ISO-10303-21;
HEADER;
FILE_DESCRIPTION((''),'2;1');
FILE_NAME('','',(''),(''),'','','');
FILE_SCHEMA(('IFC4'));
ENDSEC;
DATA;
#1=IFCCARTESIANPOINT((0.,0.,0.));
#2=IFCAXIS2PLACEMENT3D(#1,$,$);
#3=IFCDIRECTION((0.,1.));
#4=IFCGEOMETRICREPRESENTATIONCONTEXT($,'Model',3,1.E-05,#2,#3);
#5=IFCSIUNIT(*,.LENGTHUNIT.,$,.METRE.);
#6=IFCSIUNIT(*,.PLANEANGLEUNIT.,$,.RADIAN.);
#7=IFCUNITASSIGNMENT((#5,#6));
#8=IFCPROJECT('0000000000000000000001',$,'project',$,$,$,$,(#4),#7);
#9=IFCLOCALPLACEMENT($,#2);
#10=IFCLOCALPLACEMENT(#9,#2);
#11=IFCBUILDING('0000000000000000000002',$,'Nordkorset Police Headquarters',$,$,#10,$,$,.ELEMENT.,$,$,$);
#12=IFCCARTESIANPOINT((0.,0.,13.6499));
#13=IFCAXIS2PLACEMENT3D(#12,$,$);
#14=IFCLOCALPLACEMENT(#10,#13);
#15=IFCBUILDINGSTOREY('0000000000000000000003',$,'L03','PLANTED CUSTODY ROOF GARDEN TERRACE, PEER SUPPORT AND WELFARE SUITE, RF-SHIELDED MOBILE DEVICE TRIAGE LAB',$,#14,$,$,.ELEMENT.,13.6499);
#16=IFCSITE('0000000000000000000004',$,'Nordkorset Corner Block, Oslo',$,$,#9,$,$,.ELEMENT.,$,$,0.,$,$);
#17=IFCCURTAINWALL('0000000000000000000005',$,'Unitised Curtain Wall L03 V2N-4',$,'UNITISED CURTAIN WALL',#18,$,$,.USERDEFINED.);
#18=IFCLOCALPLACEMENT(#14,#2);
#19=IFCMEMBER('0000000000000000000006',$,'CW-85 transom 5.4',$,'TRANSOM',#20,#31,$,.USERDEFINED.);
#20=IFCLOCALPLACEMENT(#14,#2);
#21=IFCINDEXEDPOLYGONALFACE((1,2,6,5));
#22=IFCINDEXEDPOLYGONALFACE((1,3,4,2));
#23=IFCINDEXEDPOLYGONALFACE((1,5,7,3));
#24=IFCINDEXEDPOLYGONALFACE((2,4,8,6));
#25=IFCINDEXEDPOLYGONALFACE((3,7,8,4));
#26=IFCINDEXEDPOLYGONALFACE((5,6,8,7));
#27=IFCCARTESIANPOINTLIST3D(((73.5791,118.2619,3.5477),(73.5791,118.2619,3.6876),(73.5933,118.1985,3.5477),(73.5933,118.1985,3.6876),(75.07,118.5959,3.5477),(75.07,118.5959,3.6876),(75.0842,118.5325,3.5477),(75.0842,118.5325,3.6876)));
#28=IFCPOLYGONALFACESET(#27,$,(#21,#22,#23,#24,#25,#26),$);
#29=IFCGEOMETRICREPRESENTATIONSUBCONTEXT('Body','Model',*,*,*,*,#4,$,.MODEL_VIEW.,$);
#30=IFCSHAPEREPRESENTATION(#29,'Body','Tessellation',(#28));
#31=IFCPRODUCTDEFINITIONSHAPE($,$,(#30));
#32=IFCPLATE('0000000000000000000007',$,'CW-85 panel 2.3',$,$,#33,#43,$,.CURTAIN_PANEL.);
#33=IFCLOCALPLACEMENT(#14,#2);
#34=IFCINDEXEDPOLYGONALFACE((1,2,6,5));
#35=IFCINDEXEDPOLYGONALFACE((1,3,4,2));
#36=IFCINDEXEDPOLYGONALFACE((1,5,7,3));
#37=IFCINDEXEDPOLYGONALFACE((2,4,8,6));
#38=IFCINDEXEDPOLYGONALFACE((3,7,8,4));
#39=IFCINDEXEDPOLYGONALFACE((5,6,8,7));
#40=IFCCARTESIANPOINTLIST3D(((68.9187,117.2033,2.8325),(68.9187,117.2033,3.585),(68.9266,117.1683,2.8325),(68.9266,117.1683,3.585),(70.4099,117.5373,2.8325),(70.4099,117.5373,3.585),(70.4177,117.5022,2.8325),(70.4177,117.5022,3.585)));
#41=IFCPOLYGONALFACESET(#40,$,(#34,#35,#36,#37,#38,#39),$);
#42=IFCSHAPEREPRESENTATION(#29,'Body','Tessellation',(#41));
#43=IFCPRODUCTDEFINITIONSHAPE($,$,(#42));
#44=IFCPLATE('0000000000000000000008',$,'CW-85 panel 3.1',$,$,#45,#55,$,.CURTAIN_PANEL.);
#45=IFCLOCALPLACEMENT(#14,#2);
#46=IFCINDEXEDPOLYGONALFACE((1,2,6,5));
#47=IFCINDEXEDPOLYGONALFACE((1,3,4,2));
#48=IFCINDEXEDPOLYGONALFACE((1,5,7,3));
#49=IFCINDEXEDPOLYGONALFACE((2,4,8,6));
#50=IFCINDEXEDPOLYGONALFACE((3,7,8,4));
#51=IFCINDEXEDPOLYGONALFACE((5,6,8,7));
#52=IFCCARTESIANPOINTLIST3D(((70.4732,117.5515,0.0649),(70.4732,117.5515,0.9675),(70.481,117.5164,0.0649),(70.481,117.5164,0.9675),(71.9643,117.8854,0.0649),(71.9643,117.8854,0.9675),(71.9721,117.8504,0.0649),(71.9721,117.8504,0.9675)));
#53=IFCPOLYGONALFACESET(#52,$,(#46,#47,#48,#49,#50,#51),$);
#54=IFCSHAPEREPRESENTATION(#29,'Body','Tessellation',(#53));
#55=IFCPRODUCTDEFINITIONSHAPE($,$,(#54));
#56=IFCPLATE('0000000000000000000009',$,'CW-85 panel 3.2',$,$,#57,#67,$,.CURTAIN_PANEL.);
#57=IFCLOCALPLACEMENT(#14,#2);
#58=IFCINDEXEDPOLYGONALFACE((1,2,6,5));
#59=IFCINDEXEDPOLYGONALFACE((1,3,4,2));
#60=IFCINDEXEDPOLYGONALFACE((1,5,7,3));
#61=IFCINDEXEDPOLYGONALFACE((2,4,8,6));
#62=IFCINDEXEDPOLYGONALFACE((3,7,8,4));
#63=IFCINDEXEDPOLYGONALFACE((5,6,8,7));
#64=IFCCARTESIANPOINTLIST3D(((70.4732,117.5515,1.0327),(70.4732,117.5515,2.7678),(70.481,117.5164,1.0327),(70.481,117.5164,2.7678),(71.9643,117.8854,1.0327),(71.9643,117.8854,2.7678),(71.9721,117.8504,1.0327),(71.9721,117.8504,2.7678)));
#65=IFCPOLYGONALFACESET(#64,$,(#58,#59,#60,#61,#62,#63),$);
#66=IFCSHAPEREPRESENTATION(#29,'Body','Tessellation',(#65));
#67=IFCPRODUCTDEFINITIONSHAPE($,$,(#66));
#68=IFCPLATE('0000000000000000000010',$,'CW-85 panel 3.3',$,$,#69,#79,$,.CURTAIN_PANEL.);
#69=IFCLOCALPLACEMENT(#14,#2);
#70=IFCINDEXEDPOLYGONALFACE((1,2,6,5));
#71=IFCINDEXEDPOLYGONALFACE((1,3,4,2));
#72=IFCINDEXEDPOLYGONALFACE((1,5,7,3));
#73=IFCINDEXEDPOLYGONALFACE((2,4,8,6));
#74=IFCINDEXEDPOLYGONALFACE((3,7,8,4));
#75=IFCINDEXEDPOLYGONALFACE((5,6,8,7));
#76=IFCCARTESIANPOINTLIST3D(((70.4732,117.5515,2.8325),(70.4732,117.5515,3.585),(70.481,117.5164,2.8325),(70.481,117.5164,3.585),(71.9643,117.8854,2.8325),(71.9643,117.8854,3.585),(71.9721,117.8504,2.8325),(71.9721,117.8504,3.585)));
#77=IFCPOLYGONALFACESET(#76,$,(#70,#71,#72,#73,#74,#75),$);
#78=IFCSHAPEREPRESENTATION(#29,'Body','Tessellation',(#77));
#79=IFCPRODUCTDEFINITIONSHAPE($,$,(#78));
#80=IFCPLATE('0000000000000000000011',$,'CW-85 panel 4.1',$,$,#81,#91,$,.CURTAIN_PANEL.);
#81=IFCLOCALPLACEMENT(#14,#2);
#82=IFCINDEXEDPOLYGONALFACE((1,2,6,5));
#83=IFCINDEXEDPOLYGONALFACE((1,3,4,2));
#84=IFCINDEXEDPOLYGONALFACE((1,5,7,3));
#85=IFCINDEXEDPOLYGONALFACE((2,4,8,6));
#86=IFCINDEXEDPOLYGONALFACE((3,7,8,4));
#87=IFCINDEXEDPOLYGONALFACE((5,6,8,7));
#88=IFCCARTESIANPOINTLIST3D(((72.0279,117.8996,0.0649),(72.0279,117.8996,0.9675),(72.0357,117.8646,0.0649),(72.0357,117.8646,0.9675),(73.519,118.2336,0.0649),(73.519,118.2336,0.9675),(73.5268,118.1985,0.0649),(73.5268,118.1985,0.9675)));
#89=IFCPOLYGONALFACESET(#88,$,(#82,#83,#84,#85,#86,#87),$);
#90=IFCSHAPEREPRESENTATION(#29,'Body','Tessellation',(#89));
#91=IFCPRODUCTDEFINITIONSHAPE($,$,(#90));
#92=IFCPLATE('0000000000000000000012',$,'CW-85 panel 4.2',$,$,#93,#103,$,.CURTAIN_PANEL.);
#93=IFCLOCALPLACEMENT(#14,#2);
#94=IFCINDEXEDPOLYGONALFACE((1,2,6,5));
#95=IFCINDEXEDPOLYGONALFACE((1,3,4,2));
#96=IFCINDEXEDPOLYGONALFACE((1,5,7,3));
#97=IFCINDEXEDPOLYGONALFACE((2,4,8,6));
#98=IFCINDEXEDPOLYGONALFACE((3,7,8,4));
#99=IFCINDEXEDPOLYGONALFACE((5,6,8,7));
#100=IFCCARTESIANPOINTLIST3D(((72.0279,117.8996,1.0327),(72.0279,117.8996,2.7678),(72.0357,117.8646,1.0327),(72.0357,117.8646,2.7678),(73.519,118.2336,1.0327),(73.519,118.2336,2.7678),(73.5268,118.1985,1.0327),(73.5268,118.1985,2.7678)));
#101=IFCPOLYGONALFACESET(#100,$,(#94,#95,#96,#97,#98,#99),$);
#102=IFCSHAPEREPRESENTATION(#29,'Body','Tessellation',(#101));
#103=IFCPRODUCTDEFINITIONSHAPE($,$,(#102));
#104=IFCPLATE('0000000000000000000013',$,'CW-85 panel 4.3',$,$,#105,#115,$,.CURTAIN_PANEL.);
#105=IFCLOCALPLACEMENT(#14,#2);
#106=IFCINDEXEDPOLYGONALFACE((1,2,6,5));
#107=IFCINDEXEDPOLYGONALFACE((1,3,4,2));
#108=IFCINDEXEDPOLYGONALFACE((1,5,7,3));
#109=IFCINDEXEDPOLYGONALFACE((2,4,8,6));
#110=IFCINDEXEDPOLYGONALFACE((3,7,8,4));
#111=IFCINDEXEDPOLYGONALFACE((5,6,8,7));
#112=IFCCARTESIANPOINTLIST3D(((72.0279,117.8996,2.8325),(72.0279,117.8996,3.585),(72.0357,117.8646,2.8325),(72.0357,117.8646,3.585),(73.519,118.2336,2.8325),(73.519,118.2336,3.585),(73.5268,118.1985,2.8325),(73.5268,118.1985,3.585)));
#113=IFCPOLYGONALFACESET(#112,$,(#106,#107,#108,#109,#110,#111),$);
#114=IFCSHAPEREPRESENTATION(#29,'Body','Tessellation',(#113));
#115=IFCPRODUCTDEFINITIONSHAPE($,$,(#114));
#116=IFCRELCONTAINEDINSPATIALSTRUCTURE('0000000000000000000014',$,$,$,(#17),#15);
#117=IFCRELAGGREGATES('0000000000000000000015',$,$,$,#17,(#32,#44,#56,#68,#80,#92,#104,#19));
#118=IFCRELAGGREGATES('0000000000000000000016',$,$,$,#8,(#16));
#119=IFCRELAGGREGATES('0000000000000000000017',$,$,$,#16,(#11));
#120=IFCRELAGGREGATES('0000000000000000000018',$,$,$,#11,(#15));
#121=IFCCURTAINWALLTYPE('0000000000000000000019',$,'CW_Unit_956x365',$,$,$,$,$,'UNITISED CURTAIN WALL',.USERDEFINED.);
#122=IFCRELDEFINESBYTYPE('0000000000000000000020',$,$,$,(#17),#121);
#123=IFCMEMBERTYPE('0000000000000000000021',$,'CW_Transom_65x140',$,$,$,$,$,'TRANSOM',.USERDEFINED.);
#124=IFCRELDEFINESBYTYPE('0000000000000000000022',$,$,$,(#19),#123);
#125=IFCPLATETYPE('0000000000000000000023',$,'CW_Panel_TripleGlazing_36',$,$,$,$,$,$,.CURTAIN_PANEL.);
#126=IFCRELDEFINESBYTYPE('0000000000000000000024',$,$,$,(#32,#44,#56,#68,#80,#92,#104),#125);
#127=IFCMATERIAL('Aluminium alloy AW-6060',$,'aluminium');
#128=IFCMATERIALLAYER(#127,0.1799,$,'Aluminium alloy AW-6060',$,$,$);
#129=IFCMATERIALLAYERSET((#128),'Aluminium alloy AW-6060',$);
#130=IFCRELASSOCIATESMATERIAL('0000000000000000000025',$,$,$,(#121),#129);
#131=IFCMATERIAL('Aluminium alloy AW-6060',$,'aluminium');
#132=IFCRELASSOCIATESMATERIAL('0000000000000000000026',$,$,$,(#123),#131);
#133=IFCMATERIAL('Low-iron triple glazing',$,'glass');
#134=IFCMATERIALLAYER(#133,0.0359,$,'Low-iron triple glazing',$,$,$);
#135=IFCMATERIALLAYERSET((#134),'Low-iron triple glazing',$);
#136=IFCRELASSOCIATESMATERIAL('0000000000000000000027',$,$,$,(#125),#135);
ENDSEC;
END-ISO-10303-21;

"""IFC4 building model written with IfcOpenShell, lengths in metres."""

from ifc_helpers import new_model, si_unit, direction, frame, origin, origin_2d, place, context, subcontext, project, spatial, rectangle, extrude, material, layer, layer_set, material_profile, profile_set, type_object, element, aggregate, save


model = new_model("IFC4")

# Units and contexts
model_context = context("Model", 3, precision=1e-05, world=origin(), true_north=direction((0.0, 1.0)))
body_context = subcontext(model_context, "Body", "Model", "MODEL_VIEW")
ifc_project = project(units=[si_unit("LENGTHUNIT", "METRE"), si_unit("PLANEANGLEUNIT", "RADIAN")], contexts=[model_context])

# Site, building, storey
site_placement = place(None, origin())
site = spatial("IfcSite", under=ifc_project, at=site_placement, Name="Nordkorset Corner Block, Oslo", CompositionType="ELEMENT", RefElevation=0.0)
building_placement = place(site_placement, origin())
building = spatial("IfcBuilding", under=site, at=building_placement, Name="Nordkorset Police Headquarters", CompositionType="ELEMENT")
storey_placement = place(building_placement, frame((0.0, 0.0, 13.6499)))
storey = spatial("IfcBuildingStorey", under=building, at=storey_placement, Name="L03", Description="PLANTED CUSTODY ROOF GARDEN TERRACE, PEER SUPPORT AND WELFARE SUITE, RF-SHIELDED MOBILE DEVICE TRIAGE LAB", CompositionType="ELEMENT", Elevation=13.6499)

# Curtain wall, member, plates
ifc_material_1 = material(Name="Aluminium alloy AW-6060", Category="aluminium")
ifc_layer_1 = layer(ifc_material_1, 0.1799, Name="Aluminium alloy AW-6060")
ifc_layer_set_1 = layer_set([ifc_layer_1], Name="Aluminium alloy AW-6060")
curtain_wall_type = type_object("IfcCurtainWallType", Name="CW_Unit_956x365", ElementType="UNITISED CURTAIN WALL", PredefinedType="USERDEFINED", material=ifc_layer_set_1)
curtain_wall_placement = place(storey_placement, origin())
curtain_wall = element("IfcCurtainWall", 1, at=curtain_wall_placement, inside=storey, type_object=curtain_wall_type, Name="Unitised Curtain Wall L03 V2N-4", ObjectType="UNITISED CURTAIN WALL", PredefinedType="USERDEFINED")
ifc_material_2 = material(Name="Aluminium alloy AW-6060", Category="aluminium")
ifc_material_profile_1 = material_profile(ifc_material_2, rectangle(XDim=0.0649, YDim=0.1399, at=origin_2d()), Name="ALU TRAN 65x140")
ifc_profile_set_1 = profile_set([ifc_material_profile_1], Name="Aluminium alloy AW-6060")
member_type_1 = type_object("IfcMemberType", Name="CW_Transom_65x140", ElementType="TRANSOM", PredefinedType="USERDEFINED", material=ifc_profile_set_1)
member_1_placement = place(storey_placement, frame((73.5862, 118.2302, 3.6177), z_axis=(0.975817, 0.218588, 0.0), x_axis=(-0.218588, 0.975817, 0.0)))
member_1 = element("IfcMember", 2, at=member_1_placement, type_object=member_type_1, Name="CW-85 transom 5.4", ObjectType="TRANSOM", PredefinedType="USERDEFINED", context=body_context, shape_type="SweptSolid", body=[
    extrude(rectangle(XDim=0.0649, YDim=0.1399, at=origin_2d()), origin(), (0.0, 0.0, 1.0), 1.5278),
])
ifc_material_3 = material(Name="Low-iron triple glazing", Category="glass")
ifc_layer_2 = layer(ifc_material_3, 0.0359, Name="Low-iron triple glazing")
ifc_layer_set_2 = layer_set([ifc_layer_2], Name="Low-iron triple glazing")
plate_type = type_object("IfcPlateType", Name="CW_Panel_TripleGlazing_36", PredefinedType="CURTAIN_PANEL", material=ifc_layer_set_2)
plate_1_placement = place(storey_placement, frame((69.6682, 117.3528, 2.8325), z_axis=(0.0, 0.0, 1.0), x_axis=(0.975827, 0.218544, 0.0)))
plate_1 = element("IfcPlate", 3, at=plate_1_placement, type_object=plate_type, Name="CW-85 panel 2.3", PredefinedType="CURTAIN_PANEL", context=body_context, shape_type="SweptSolid", body=[
    extrude(rectangle(XDim=1.5281, YDim=0.0359, at=origin_2d()), origin(), (0.0, 0.0, 1.0), 0.7524),
])
plate_2_placement = place(storey_placement, frame((71.2227, 117.7009, 0.0649), z_axis=(0.0, 0.0, 1.0), x_axis=(0.975827, 0.218544, 0.0)))
plate_2 = element("IfcPlate", 4, at=plate_2_placement, type_object=plate_type, Name="CW-85 panel 3.1", PredefinedType="CURTAIN_PANEL", context=body_context, shape_type="SweptSolid", body=[
    extrude(rectangle(XDim=1.5281, YDim=0.0359, at=origin_2d()), origin(), (0.0, 0.0, 1.0), 0.9026),
])
plate_3_placement = place(storey_placement, frame((71.2227, 117.7009, 1.0327), z_axis=(0.0, 0.0, 1.0), x_axis=(0.975827, 0.218544, 0.0)))
plate_3 = element("IfcPlate", 5, at=plate_3_placement, type_object=plate_type, Name="CW-85 panel 3.2", PredefinedType="CURTAIN_PANEL", context=body_context, shape_type="SweptSolid", body=[
    extrude(rectangle(XDim=1.5281, YDim=0.0359, at=origin_2d()), origin(), (0.0, 0.0, 1.0), 1.7351),
])
plate_4_placement = place(storey_placement, frame((71.2227, 117.7009, 2.8325), z_axis=(0.0, 0.0, 1.0), x_axis=(0.975827, 0.218544, 0.0)))
plate_4 = element("IfcPlate", 6, at=plate_4_placement, type_object=plate_type, Name="CW-85 panel 3.3", PredefinedType="CURTAIN_PANEL", context=body_context, shape_type="SweptSolid", body=[
    extrude(rectangle(XDim=1.5281, YDim=0.0359, at=origin_2d()), origin(), (0.0, 0.0, 1.0), 0.7524),
])
plate_5_placement = place(storey_placement, frame((72.7773, 118.0491, 0.0649), z_axis=(0.0, 0.0, 1.0), x_axis=(0.975827, 0.218544, 0.0)))
plate_5 = element("IfcPlate", 7, at=plate_5_placement, type_object=plate_type, Name="CW-85 panel 4.1", PredefinedType="CURTAIN_PANEL", context=body_context, shape_type="SweptSolid", body=[
    extrude(rectangle(XDim=1.5281, YDim=0.0359, at=origin_2d()), origin(), (0.0, 0.0, 1.0), 0.9026),
])
plate_6_placement = place(storey_placement, frame((72.7773, 118.0491, 1.0327), z_axis=(0.0, 0.0, 1.0), x_axis=(0.975827, 0.218544, 0.0)))
plate_6 = element("IfcPlate", 8, at=plate_6_placement, type_object=plate_type, Name="CW-85 panel 4.2", PredefinedType="CURTAIN_PANEL", context=body_context, shape_type="SweptSolid", body=[
    extrude(rectangle(XDim=1.5281, YDim=0.0359, at=origin_2d()), origin(), (0.0, 0.0, 1.0), 1.7351),
])
plate_7_placement = place(storey_placement, frame((72.7773, 118.0491, 2.8325), z_axis=(0.0, 0.0, 1.0), x_axis=(0.975827, 0.218544, 0.0)))
plate_7 = element("IfcPlate", 9, at=plate_7_placement, type_object=plate_type, Name="CW-85 panel 4.3", PredefinedType="CURTAIN_PANEL", context=body_context, shape_type="SweptSolid", body=[
    extrude(rectangle(XDim=1.5281, YDim=0.0359, at=origin_2d()), origin(), (0.0, 0.0, 1.0), 0.7524),
])
aggregate(curtain_wall, [plate_1, plate_2, plate_3, plate_4, plate_5, plate_6, plate_7, member_1])

save(model, "model.ifc")
